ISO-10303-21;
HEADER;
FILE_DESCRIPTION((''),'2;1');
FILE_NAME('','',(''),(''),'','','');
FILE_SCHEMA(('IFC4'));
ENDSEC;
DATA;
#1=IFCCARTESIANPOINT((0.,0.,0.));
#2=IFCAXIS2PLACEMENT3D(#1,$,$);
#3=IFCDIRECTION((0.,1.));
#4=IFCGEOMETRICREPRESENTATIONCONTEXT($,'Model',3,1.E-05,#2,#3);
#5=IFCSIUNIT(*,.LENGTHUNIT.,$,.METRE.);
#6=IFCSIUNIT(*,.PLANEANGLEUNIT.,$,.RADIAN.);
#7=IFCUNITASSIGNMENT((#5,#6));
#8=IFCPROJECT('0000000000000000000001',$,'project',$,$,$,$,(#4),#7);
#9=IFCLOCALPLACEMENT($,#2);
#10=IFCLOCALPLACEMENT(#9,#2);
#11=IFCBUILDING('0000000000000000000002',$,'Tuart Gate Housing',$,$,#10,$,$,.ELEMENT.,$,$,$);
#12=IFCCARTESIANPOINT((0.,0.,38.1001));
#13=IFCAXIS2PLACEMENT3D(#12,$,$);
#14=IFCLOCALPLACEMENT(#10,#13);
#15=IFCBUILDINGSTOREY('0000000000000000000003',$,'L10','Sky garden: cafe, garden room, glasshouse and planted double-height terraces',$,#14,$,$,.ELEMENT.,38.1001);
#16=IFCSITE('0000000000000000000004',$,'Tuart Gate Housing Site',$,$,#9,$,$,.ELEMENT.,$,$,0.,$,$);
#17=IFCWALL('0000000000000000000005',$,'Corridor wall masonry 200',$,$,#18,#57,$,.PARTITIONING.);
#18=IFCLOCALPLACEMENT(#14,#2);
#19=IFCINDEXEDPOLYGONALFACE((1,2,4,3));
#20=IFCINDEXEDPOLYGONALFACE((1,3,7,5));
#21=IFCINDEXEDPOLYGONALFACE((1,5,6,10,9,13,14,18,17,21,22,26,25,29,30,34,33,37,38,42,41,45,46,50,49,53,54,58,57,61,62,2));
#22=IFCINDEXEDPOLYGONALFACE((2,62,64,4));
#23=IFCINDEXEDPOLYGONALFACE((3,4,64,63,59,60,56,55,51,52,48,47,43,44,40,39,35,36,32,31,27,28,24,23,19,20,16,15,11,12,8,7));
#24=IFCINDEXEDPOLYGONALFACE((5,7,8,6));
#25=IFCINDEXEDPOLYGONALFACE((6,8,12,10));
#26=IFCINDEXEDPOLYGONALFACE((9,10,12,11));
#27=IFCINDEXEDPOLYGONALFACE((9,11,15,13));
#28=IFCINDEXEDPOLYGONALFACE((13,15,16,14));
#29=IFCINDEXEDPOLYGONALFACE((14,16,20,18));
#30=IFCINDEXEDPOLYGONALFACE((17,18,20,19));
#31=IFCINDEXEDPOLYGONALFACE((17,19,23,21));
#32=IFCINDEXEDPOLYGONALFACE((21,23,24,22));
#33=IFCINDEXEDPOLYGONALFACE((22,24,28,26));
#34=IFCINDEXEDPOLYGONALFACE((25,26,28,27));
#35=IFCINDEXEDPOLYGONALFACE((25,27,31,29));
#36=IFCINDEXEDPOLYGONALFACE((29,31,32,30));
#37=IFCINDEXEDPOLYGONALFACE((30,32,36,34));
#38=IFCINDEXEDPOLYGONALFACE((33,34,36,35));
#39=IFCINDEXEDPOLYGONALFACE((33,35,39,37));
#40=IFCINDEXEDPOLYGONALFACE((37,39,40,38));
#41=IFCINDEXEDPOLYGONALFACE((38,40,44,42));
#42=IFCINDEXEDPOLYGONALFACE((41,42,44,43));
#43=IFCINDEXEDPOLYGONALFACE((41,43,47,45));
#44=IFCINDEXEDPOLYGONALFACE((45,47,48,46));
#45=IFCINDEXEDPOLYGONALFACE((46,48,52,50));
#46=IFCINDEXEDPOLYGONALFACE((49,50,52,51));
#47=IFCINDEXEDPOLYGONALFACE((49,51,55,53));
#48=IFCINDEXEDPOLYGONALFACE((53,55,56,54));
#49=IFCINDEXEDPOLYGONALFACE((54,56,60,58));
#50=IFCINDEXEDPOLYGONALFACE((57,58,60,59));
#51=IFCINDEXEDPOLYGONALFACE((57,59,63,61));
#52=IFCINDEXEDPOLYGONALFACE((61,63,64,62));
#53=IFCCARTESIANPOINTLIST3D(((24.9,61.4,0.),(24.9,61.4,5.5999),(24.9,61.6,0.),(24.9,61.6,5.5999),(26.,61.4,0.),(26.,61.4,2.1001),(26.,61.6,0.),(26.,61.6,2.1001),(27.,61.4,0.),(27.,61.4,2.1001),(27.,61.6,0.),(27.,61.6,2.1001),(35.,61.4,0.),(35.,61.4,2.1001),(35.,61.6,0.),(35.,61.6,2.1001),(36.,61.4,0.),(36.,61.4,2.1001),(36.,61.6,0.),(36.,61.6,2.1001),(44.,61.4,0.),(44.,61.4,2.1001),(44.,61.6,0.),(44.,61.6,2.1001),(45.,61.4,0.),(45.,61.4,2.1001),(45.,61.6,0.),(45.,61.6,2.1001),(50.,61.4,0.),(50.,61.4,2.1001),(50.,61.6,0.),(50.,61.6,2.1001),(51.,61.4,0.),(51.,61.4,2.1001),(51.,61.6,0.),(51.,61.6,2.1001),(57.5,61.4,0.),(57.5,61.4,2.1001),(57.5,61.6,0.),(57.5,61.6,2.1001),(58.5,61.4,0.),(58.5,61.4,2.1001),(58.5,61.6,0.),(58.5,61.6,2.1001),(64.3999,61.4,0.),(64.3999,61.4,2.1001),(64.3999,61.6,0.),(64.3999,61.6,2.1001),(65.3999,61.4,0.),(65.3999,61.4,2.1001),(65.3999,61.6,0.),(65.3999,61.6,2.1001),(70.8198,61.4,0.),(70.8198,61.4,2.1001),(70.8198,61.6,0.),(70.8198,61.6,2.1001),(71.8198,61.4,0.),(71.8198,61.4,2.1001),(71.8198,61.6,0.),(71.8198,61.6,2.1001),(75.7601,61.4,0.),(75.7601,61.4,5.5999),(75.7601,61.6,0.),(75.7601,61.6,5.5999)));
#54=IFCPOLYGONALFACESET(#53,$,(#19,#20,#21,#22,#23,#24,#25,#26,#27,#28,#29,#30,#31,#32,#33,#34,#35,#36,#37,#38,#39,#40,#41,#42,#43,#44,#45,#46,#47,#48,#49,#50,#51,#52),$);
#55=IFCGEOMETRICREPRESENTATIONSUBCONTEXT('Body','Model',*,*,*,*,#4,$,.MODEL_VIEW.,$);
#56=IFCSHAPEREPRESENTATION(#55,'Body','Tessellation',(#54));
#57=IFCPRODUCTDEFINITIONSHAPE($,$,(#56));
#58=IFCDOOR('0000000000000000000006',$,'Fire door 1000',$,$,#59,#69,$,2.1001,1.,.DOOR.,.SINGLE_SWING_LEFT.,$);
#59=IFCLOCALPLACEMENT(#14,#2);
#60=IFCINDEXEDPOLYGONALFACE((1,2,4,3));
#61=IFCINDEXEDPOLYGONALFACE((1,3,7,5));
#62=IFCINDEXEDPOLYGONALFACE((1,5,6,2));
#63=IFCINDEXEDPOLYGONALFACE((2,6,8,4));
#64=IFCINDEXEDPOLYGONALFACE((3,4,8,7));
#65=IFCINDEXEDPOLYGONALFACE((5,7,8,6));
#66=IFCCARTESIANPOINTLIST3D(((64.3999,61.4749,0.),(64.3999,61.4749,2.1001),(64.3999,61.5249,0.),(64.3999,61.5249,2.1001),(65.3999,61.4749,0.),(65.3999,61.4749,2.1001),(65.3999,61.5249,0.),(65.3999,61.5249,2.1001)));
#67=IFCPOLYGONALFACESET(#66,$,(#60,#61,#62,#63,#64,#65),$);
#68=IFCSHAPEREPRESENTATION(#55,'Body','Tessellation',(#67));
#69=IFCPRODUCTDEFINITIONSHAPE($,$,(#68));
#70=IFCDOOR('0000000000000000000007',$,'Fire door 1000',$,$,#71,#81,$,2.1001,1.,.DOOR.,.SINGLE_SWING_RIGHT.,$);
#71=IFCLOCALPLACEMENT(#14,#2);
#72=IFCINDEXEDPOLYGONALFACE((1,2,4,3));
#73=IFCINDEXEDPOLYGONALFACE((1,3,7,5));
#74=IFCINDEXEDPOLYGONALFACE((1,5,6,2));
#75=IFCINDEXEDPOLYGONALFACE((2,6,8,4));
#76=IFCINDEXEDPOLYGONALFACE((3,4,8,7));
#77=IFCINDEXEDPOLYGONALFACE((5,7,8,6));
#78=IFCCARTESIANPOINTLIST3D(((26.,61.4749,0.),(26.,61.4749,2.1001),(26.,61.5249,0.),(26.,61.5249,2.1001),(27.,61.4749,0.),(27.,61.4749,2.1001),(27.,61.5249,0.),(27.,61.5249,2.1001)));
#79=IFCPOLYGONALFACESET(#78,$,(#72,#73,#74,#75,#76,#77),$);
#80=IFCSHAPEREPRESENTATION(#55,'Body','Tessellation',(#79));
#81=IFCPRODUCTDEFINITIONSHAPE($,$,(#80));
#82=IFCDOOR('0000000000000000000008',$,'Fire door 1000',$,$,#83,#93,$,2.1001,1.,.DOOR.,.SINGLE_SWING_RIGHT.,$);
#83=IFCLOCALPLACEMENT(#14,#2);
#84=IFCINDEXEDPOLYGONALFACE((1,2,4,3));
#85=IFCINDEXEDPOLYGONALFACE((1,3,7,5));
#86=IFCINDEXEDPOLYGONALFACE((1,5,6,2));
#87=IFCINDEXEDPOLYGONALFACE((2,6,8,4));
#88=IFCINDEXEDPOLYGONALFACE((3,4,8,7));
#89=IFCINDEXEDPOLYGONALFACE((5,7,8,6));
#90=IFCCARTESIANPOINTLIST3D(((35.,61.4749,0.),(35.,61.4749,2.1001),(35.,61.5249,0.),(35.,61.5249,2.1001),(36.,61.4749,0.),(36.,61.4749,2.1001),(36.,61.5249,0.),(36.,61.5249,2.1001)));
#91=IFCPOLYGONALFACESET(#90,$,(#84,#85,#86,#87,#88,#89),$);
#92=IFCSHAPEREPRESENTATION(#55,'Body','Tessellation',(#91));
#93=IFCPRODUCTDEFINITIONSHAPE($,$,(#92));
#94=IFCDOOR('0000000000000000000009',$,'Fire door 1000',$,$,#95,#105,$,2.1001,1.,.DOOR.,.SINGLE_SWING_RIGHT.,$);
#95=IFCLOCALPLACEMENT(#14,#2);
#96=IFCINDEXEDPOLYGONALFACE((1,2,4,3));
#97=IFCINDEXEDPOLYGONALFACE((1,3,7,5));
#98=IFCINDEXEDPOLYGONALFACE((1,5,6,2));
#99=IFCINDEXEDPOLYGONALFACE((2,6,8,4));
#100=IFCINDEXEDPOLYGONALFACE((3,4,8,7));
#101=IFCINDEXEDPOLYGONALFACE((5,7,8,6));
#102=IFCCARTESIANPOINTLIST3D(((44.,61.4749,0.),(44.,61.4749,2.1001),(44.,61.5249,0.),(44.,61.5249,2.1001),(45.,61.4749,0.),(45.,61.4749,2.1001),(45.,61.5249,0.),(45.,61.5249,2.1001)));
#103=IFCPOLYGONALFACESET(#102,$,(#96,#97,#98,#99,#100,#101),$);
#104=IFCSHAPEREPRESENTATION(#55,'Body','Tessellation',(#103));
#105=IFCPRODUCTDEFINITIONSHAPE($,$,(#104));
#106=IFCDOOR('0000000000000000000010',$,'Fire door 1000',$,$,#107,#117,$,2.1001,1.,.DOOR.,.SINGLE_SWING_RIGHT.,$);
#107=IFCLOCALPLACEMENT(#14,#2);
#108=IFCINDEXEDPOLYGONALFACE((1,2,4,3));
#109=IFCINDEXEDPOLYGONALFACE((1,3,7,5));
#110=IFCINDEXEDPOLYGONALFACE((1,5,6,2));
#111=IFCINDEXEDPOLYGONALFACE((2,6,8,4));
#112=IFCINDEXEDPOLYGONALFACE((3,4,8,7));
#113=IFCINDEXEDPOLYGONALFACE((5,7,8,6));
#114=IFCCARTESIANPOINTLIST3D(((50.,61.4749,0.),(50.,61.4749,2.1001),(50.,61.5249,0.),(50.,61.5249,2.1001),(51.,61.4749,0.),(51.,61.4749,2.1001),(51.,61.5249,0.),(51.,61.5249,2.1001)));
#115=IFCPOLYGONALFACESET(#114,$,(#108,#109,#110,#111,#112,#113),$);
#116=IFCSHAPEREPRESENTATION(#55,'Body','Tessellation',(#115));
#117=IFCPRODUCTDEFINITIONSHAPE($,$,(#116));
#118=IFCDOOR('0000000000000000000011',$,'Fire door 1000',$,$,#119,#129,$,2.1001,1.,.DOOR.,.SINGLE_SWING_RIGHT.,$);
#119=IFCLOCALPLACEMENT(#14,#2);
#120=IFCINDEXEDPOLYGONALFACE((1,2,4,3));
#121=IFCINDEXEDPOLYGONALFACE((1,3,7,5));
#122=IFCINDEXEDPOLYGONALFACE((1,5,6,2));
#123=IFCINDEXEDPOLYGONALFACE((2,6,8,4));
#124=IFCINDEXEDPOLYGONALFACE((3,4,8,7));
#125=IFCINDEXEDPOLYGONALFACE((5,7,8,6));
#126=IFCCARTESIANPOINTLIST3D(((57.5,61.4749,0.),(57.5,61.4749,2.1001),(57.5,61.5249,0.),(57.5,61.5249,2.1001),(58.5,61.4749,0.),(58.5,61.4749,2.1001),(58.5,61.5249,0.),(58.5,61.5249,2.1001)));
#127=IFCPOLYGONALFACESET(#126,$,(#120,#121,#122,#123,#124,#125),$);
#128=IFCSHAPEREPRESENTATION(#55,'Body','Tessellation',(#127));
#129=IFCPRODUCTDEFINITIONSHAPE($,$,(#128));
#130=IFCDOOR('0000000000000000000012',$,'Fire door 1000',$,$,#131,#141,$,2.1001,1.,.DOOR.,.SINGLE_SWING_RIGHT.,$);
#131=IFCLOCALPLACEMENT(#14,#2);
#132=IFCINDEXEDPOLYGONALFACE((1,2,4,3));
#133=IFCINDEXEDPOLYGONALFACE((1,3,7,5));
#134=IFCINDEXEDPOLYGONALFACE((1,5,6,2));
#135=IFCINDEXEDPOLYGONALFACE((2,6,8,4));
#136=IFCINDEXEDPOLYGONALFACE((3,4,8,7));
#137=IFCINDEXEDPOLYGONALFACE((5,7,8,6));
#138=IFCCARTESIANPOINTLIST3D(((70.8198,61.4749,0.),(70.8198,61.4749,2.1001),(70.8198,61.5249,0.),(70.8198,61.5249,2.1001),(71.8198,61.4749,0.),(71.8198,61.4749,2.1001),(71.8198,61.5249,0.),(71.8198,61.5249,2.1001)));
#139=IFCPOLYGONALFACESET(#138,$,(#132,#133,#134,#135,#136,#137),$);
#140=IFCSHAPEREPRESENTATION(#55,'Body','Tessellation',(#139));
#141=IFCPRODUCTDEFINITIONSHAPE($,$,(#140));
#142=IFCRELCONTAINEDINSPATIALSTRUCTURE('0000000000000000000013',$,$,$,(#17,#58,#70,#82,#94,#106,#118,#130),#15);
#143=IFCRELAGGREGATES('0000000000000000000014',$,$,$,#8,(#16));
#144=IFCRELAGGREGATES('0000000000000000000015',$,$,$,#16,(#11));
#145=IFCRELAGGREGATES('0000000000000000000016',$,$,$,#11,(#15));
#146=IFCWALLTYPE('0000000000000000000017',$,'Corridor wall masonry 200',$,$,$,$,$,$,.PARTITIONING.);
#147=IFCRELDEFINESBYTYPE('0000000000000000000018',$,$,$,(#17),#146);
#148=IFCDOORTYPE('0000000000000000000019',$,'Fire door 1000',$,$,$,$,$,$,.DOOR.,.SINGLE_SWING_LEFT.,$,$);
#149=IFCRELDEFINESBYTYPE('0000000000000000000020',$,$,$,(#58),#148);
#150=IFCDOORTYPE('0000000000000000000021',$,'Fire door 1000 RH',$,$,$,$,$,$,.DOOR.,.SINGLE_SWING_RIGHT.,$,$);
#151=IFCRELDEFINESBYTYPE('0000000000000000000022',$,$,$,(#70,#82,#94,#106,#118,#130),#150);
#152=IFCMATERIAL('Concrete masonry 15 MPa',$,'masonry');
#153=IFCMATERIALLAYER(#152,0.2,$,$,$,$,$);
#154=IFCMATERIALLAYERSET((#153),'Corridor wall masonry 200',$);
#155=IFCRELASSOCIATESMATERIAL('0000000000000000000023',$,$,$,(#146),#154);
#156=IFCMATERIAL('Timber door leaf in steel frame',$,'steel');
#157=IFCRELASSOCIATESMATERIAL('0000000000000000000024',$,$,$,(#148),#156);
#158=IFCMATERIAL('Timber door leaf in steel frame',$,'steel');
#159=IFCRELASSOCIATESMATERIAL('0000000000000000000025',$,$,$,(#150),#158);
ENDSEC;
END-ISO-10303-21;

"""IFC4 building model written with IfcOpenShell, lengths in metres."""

from ifc_helpers import new_model, si_unit, direction, frame, frame_2d, origin, place, context, subcontext, project, spatial, rectangle, extrude, material, layer, layer_set, type_object, element, fill, save


model = new_model("IFC4")

# Units and contexts
model_context = context("Model", 3, precision=1e-05, world=origin(), true_north=direction((0.0, 1.0)))
body_context = subcontext(model_context, "Body", "Model", "MODEL_VIEW")
ifc_project = project(units=[si_unit("LENGTHUNIT", "METRE"), si_unit("PLANEANGLEUNIT", "RADIAN")], contexts=[model_context])

# Site, building, storey
site_placement = place(None, origin())
site = spatial("IfcSite", under=ifc_project, at=site_placement, Name="Tuart Gate Housing Site", CompositionType="ELEMENT", RefElevation=0.0)
building_placement = place(site_placement, origin())
building = spatial("IfcBuilding", under=site, at=building_placement, Name="Tuart Gate Housing", CompositionType="ELEMENT")
storey_placement = place(building_placement, frame((0.0, 0.0, 38.1001)))
storey = spatial("IfcBuildingStorey", under=building, at=storey_placement, Name="L10", Description="Sky garden: cafe, garden room, glasshouse and planted double-height terraces", CompositionType="ELEMENT", Elevation=38.1001)

# Wall, openings, doors
ifc_material_1 = material(Name="Concrete masonry 15 MPa", Category="masonry")
ifc_layer = layer(ifc_material_1, 0.2)
ifc_layer_set = layer_set([ifc_layer], Name="Corridor wall masonry 200")
wall_type = type_object("IfcWallType", Name="Corridor wall masonry 200", PredefinedType="PARTITIONING", material=ifc_layer_set)
wall_placement = place(storey_placement, frame((24.8999, 61.5, 0.0), z_axis=(0.0, 0.0, 1.0), x_axis=(1.0, 0.0, 0.0)))
wall = element("IfcWall", 1, at=wall_placement, inside=storey, type_object=wall_type, Name="Corridor wall masonry 200", PredefinedType="PARTITIONING", context=body_context, shape_type="SweptSolid", body=[
    extrude(rectangle(XDim=50.8601, YDim=0.2, at=frame_2d((25.4302, 0.0))), origin(), (0.0, 0.0, 1.0), 5.5999),
])
opening_1_placement = place(wall_placement, frame((1.1001, 0.0, 0.0)))
opening_1 = element("IfcOpeningElement", 2, at=opening_1_placement, cuts=wall, PredefinedType="OPENING", context=body_context, shape_type="SweptSolid", body=[
    extrude(rectangle(XDim=1.0, YDim=2.1001, at=frame_2d((0.5, 1.05))), frame((0.0, 0.1099, 0.0), z_axis=(0.0, -1.0, 0.0), x_axis=(1.0, 0.0, 0.0)), (0.0, 0.0, 1.0), 0.22),
])
opening_2_placement = place(wall_placement, frame((10.1001, 0.0, 0.0)))
opening_2 = element("IfcOpeningElement", 3, at=opening_2_placement, cuts=wall, PredefinedType="OPENING", context=body_context, shape_type="SweptSolid", body=[
    extrude(rectangle(XDim=1.0, YDim=2.1001, at=frame_2d((0.5, 1.05))), frame((0.0, 0.1099, 0.0), z_axis=(0.0, -1.0, 0.0), x_axis=(1.0, 0.0, 0.0)), (0.0, 0.0, 1.0), 0.22),
])
opening_3_placement = place(wall_placement, frame((19.1001, 0.0, 0.0)))
opening_3 = element("IfcOpeningElement", 4, at=opening_3_placement, cuts=wall, PredefinedType="OPENING", context=body_context, shape_type="SweptSolid", body=[
    extrude(rectangle(XDim=1.0, YDim=2.1001, at=frame_2d((0.5, 1.05))), frame((0.0, 0.1099, 0.0), z_axis=(0.0, -1.0, 0.0), x_axis=(1.0, 0.0, 0.0)), (0.0, 0.0, 1.0), 0.22),
])
opening_4_placement = place(wall_placement, frame((25.1001, 0.0, 0.0)))
opening_4 = element("IfcOpeningElement", 5, at=opening_4_placement, cuts=wall, PredefinedType="OPENING", context=body_context, shape_type="SweptSolid", body=[
    extrude(rectangle(XDim=1.0, YDim=2.1001, at=frame_2d((0.5, 1.05))), frame((0.0, 0.1099, 0.0), z_axis=(0.0, -1.0, 0.0), x_axis=(1.0, 0.0, 0.0)), (0.0, 0.0, 1.0), 0.22),
])
opening_5_placement = place(wall_placement, frame((32.6001, 0.0, 0.0)))
opening_5 = element("IfcOpeningElement", 6, at=opening_5_placement, cuts=wall, PredefinedType="OPENING", context=body_context, shape_type="SweptSolid", body=[
    extrude(rectangle(XDim=1.0, YDim=2.1001, at=frame_2d((0.5, 1.05))), frame((0.0, 0.1099, 0.0), z_axis=(0.0, -1.0, 0.0), x_axis=(1.0, 0.0, 0.0)), (0.0, 0.0, 1.0), 0.22),
])
opening_6_placement = place(wall_placement, frame((39.5, 0.0, 0.0)))
opening_6 = element("IfcOpeningElement", 7, at=opening_6_placement, cuts=wall, PredefinedType="OPENING", context=body_context, shape_type="SweptSolid", body=[
    extrude(rectangle(XDim=1.0, YDim=2.1001, at=frame_2d((0.5, 1.05))), frame((0.0, 0.1099, 0.0), z_axis=(0.0, -1.0, 0.0), x_axis=(1.0, 0.0, 0.0)), (0.0, 0.0, 1.0), 0.22),
])
opening_7_placement = place(wall_placement, frame((45.9199, 0.0, 0.0)))
opening_7 = element("IfcOpeningElement", 8, at=opening_7_placement, cuts=wall, PredefinedType="OPENING", context=body_context, shape_type="SweptSolid", body=[
    extrude(rectangle(XDim=1.0, YDim=2.1001, at=frame_2d((0.5, 1.05))), frame((0.0, 0.1099, 0.0), z_axis=(0.0, -1.0, 0.0), x_axis=(1.0, 0.0, 0.0)), (0.0, 0.0, 1.0), 0.22),
])
ifc_material_2 = material(Name="Timber door leaf in steel frame", Category="steel")
door_type_1 = type_object("IfcDoorType", Name="Fire door 1000", OperationType="SINGLE_SWING_LEFT", PredefinedType="DOOR", material=ifc_material_2)
door_1_placement = place(opening_6_placement, frame((1.0, 0.0, 0.0), z_axis=(0.0, 0.0, 1.0), x_axis=(-1.0, 0.0, 0.0)))
door_1 = element("IfcDoor", 9, at=door_1_placement, inside=storey, type_object=door_type_1, Name="Fire door 1000", OperationType="SINGLE_SWING_LEFT", OverallHeight=2.1001, OverallWidth=1.0, PredefinedType="DOOR", context=body_context, shape_type="SweptSolid", body=[
    extrude(rectangle(XDim=1.0, YDim=2.1001, at=frame_2d((0.5, 1.05))), frame((0.0, 0.0251, 0.0), z_axis=(0.0, -1.0, 0.0), x_axis=(1.0, 0.0, 0.0)), (0.0, 0.0, 1.0), 0.05),
])
fill(opening_6, door_1)
ifc_material_3 = material(Name="Timber door leaf in steel frame", Category="steel")
door_type_2 = type_object("IfcDoorType", Name="Fire door 1000 RH", OperationType="SINGLE_SWING_RIGHT", PredefinedType="DOOR", material=ifc_material_3)
door_2_placement = place(opening_1_placement, frame((1.0, 0.0, 0.0), z_axis=(0.0, 0.0, 1.0), x_axis=(-1.0, 0.0, 0.0)))
door_2 = element("IfcDoor", 10, at=door_2_placement, inside=storey, type_object=door_type_2, Name="Fire door 1000", OperationType="SINGLE_SWING_RIGHT", OverallHeight=2.1001, OverallWidth=1.0, PredefinedType="DOOR", context=body_context, shape_type="SweptSolid", body=[
    extrude(rectangle(XDim=1.0, YDim=2.1001, at=frame_2d((0.5, 1.05))), frame((0.0, 0.0251, 0.0), z_axis=(0.0, -1.0, 0.0), x_axis=(1.0, 0.0, 0.0)), (0.0, 0.0, 1.0), 0.05),
])
fill(opening_1, door_2)
door_3_placement = place(opening_2_placement, frame((1.0, 0.0, 0.0), z_axis=(0.0, 0.0, 1.0), x_axis=(-1.0, 0.0, 0.0)))
door_3 = element("IfcDoor", 11, at=door_3_placement, inside=storey, type_object=door_type_2, Name="Fire door 1000", OperationType="SINGLE_SWING_RIGHT", OverallHeight=2.1001, OverallWidth=1.0, PredefinedType="DOOR", context=body_context, shape_type="SweptSolid", body=[
    extrude(rectangle(XDim=1.0, YDim=2.1001, at=frame_2d((0.5, 1.05))), frame((0.0, 0.0251, 0.0), z_axis=(0.0, -1.0, 0.0), x_axis=(1.0, 0.0, 0.0)), (0.0, 0.0, 1.0), 0.05),
])
fill(opening_2, door_3)
door_4_placement = place(opening_3_placement, frame((1.0, 0.0, 0.0), z_axis=(0.0, 0.0, 1.0), x_axis=(-1.0, 0.0, 0.0)))
door_4 = element("IfcDoor", 12, at=door_4_placement, inside=storey, type_object=door_type_2, Name="Fire door 1000", OperationType="SINGLE_SWING_RIGHT", OverallHeight=2.1001, OverallWidth=1.0, PredefinedType="DOOR", context=body_context, shape_type="SweptSolid", body=[
    extrude(rectangle(XDim=1.0, YDim=2.1001, at=frame_2d((0.5, 1.05))), frame((0.0, 0.0251, 0.0), z_axis=(0.0, -1.0, 0.0), x_axis=(1.0, 0.0, 0.0)), (0.0, 0.0, 1.0), 0.05),
])
fill(opening_3, door_4)
door_5_placement = place(opening_4_placement, frame((1.0, 0.0, 0.0), z_axis=(0.0, 0.0, 1.0), x_axis=(-1.0, 0.0, 0.0)))
door_5 = element("IfcDoor", 13, at=door_5_placement, inside=storey, type_object=door_type_2, Name="Fire door 1000", OperationType="SINGLE_SWING_RIGHT", OverallHeight=2.1001, OverallWidth=1.0, PredefinedType="DOOR", context=body_context, shape_type="SweptSolid", body=[
    extrude(rectangle(XDim=1.0, YDim=2.1001, at=frame_2d((0.5, 1.05))), frame((0.0, 0.0251, 0.0), z_axis=(0.0, -1.0, 0.0), x_axis=(1.0, 0.0, 0.0)), (0.0, 0.0, 1.0), 0.05),
])
fill(opening_4, door_5)
door_6_placement = place(opening_5_placement, frame((1.0, 0.0, 0.0), z_axis=(0.0, 0.0, 1.0), x_axis=(-1.0, 0.0, 0.0)))
door_6 = element("IfcDoor", 14, at=door_6_placement, inside=storey, type_object=door_type_2, Name="Fire door 1000", OperationType="SINGLE_SWING_RIGHT", OverallHeight=2.1001, OverallWidth=1.0, PredefinedType="DOOR", context=body_context, shape_type="SweptSolid", body=[
    extrude(rectangle(XDim=1.0, YDim=2.1001, at=frame_2d((0.5, 1.05))), frame((0.0, 0.0251, 0.0), z_axis=(0.0, -1.0, 0.0), x_axis=(1.0, 0.0, 0.0)), (0.0, 0.0, 1.0), 0.05),
])
fill(opening_5, door_6)
door_7_placement = place(opening_7_placement, origin())
door_7 = element("IfcDoor", 15, at=door_7_placement, inside=storey, type_object=door_type_2, Name="Fire door 1000", OperationType="SINGLE_SWING_RIGHT", OverallHeight=2.1001, OverallWidth=1.0, PredefinedType="DOOR", context=body_context, shape_type="SweptSolid", body=[
    extrude(rectangle(XDim=1.0, YDim=2.1001, at=frame_2d((0.5, 1.05))), frame((0.0, 0.0249, 0.0), z_axis=(0.0, -1.0, 0.0), x_axis=(1.0, 0.0, 0.0)), (0.0, 0.0, 1.0), 0.05),
])
fill(opening_7, door_7)

save(model, "model.ifc")
